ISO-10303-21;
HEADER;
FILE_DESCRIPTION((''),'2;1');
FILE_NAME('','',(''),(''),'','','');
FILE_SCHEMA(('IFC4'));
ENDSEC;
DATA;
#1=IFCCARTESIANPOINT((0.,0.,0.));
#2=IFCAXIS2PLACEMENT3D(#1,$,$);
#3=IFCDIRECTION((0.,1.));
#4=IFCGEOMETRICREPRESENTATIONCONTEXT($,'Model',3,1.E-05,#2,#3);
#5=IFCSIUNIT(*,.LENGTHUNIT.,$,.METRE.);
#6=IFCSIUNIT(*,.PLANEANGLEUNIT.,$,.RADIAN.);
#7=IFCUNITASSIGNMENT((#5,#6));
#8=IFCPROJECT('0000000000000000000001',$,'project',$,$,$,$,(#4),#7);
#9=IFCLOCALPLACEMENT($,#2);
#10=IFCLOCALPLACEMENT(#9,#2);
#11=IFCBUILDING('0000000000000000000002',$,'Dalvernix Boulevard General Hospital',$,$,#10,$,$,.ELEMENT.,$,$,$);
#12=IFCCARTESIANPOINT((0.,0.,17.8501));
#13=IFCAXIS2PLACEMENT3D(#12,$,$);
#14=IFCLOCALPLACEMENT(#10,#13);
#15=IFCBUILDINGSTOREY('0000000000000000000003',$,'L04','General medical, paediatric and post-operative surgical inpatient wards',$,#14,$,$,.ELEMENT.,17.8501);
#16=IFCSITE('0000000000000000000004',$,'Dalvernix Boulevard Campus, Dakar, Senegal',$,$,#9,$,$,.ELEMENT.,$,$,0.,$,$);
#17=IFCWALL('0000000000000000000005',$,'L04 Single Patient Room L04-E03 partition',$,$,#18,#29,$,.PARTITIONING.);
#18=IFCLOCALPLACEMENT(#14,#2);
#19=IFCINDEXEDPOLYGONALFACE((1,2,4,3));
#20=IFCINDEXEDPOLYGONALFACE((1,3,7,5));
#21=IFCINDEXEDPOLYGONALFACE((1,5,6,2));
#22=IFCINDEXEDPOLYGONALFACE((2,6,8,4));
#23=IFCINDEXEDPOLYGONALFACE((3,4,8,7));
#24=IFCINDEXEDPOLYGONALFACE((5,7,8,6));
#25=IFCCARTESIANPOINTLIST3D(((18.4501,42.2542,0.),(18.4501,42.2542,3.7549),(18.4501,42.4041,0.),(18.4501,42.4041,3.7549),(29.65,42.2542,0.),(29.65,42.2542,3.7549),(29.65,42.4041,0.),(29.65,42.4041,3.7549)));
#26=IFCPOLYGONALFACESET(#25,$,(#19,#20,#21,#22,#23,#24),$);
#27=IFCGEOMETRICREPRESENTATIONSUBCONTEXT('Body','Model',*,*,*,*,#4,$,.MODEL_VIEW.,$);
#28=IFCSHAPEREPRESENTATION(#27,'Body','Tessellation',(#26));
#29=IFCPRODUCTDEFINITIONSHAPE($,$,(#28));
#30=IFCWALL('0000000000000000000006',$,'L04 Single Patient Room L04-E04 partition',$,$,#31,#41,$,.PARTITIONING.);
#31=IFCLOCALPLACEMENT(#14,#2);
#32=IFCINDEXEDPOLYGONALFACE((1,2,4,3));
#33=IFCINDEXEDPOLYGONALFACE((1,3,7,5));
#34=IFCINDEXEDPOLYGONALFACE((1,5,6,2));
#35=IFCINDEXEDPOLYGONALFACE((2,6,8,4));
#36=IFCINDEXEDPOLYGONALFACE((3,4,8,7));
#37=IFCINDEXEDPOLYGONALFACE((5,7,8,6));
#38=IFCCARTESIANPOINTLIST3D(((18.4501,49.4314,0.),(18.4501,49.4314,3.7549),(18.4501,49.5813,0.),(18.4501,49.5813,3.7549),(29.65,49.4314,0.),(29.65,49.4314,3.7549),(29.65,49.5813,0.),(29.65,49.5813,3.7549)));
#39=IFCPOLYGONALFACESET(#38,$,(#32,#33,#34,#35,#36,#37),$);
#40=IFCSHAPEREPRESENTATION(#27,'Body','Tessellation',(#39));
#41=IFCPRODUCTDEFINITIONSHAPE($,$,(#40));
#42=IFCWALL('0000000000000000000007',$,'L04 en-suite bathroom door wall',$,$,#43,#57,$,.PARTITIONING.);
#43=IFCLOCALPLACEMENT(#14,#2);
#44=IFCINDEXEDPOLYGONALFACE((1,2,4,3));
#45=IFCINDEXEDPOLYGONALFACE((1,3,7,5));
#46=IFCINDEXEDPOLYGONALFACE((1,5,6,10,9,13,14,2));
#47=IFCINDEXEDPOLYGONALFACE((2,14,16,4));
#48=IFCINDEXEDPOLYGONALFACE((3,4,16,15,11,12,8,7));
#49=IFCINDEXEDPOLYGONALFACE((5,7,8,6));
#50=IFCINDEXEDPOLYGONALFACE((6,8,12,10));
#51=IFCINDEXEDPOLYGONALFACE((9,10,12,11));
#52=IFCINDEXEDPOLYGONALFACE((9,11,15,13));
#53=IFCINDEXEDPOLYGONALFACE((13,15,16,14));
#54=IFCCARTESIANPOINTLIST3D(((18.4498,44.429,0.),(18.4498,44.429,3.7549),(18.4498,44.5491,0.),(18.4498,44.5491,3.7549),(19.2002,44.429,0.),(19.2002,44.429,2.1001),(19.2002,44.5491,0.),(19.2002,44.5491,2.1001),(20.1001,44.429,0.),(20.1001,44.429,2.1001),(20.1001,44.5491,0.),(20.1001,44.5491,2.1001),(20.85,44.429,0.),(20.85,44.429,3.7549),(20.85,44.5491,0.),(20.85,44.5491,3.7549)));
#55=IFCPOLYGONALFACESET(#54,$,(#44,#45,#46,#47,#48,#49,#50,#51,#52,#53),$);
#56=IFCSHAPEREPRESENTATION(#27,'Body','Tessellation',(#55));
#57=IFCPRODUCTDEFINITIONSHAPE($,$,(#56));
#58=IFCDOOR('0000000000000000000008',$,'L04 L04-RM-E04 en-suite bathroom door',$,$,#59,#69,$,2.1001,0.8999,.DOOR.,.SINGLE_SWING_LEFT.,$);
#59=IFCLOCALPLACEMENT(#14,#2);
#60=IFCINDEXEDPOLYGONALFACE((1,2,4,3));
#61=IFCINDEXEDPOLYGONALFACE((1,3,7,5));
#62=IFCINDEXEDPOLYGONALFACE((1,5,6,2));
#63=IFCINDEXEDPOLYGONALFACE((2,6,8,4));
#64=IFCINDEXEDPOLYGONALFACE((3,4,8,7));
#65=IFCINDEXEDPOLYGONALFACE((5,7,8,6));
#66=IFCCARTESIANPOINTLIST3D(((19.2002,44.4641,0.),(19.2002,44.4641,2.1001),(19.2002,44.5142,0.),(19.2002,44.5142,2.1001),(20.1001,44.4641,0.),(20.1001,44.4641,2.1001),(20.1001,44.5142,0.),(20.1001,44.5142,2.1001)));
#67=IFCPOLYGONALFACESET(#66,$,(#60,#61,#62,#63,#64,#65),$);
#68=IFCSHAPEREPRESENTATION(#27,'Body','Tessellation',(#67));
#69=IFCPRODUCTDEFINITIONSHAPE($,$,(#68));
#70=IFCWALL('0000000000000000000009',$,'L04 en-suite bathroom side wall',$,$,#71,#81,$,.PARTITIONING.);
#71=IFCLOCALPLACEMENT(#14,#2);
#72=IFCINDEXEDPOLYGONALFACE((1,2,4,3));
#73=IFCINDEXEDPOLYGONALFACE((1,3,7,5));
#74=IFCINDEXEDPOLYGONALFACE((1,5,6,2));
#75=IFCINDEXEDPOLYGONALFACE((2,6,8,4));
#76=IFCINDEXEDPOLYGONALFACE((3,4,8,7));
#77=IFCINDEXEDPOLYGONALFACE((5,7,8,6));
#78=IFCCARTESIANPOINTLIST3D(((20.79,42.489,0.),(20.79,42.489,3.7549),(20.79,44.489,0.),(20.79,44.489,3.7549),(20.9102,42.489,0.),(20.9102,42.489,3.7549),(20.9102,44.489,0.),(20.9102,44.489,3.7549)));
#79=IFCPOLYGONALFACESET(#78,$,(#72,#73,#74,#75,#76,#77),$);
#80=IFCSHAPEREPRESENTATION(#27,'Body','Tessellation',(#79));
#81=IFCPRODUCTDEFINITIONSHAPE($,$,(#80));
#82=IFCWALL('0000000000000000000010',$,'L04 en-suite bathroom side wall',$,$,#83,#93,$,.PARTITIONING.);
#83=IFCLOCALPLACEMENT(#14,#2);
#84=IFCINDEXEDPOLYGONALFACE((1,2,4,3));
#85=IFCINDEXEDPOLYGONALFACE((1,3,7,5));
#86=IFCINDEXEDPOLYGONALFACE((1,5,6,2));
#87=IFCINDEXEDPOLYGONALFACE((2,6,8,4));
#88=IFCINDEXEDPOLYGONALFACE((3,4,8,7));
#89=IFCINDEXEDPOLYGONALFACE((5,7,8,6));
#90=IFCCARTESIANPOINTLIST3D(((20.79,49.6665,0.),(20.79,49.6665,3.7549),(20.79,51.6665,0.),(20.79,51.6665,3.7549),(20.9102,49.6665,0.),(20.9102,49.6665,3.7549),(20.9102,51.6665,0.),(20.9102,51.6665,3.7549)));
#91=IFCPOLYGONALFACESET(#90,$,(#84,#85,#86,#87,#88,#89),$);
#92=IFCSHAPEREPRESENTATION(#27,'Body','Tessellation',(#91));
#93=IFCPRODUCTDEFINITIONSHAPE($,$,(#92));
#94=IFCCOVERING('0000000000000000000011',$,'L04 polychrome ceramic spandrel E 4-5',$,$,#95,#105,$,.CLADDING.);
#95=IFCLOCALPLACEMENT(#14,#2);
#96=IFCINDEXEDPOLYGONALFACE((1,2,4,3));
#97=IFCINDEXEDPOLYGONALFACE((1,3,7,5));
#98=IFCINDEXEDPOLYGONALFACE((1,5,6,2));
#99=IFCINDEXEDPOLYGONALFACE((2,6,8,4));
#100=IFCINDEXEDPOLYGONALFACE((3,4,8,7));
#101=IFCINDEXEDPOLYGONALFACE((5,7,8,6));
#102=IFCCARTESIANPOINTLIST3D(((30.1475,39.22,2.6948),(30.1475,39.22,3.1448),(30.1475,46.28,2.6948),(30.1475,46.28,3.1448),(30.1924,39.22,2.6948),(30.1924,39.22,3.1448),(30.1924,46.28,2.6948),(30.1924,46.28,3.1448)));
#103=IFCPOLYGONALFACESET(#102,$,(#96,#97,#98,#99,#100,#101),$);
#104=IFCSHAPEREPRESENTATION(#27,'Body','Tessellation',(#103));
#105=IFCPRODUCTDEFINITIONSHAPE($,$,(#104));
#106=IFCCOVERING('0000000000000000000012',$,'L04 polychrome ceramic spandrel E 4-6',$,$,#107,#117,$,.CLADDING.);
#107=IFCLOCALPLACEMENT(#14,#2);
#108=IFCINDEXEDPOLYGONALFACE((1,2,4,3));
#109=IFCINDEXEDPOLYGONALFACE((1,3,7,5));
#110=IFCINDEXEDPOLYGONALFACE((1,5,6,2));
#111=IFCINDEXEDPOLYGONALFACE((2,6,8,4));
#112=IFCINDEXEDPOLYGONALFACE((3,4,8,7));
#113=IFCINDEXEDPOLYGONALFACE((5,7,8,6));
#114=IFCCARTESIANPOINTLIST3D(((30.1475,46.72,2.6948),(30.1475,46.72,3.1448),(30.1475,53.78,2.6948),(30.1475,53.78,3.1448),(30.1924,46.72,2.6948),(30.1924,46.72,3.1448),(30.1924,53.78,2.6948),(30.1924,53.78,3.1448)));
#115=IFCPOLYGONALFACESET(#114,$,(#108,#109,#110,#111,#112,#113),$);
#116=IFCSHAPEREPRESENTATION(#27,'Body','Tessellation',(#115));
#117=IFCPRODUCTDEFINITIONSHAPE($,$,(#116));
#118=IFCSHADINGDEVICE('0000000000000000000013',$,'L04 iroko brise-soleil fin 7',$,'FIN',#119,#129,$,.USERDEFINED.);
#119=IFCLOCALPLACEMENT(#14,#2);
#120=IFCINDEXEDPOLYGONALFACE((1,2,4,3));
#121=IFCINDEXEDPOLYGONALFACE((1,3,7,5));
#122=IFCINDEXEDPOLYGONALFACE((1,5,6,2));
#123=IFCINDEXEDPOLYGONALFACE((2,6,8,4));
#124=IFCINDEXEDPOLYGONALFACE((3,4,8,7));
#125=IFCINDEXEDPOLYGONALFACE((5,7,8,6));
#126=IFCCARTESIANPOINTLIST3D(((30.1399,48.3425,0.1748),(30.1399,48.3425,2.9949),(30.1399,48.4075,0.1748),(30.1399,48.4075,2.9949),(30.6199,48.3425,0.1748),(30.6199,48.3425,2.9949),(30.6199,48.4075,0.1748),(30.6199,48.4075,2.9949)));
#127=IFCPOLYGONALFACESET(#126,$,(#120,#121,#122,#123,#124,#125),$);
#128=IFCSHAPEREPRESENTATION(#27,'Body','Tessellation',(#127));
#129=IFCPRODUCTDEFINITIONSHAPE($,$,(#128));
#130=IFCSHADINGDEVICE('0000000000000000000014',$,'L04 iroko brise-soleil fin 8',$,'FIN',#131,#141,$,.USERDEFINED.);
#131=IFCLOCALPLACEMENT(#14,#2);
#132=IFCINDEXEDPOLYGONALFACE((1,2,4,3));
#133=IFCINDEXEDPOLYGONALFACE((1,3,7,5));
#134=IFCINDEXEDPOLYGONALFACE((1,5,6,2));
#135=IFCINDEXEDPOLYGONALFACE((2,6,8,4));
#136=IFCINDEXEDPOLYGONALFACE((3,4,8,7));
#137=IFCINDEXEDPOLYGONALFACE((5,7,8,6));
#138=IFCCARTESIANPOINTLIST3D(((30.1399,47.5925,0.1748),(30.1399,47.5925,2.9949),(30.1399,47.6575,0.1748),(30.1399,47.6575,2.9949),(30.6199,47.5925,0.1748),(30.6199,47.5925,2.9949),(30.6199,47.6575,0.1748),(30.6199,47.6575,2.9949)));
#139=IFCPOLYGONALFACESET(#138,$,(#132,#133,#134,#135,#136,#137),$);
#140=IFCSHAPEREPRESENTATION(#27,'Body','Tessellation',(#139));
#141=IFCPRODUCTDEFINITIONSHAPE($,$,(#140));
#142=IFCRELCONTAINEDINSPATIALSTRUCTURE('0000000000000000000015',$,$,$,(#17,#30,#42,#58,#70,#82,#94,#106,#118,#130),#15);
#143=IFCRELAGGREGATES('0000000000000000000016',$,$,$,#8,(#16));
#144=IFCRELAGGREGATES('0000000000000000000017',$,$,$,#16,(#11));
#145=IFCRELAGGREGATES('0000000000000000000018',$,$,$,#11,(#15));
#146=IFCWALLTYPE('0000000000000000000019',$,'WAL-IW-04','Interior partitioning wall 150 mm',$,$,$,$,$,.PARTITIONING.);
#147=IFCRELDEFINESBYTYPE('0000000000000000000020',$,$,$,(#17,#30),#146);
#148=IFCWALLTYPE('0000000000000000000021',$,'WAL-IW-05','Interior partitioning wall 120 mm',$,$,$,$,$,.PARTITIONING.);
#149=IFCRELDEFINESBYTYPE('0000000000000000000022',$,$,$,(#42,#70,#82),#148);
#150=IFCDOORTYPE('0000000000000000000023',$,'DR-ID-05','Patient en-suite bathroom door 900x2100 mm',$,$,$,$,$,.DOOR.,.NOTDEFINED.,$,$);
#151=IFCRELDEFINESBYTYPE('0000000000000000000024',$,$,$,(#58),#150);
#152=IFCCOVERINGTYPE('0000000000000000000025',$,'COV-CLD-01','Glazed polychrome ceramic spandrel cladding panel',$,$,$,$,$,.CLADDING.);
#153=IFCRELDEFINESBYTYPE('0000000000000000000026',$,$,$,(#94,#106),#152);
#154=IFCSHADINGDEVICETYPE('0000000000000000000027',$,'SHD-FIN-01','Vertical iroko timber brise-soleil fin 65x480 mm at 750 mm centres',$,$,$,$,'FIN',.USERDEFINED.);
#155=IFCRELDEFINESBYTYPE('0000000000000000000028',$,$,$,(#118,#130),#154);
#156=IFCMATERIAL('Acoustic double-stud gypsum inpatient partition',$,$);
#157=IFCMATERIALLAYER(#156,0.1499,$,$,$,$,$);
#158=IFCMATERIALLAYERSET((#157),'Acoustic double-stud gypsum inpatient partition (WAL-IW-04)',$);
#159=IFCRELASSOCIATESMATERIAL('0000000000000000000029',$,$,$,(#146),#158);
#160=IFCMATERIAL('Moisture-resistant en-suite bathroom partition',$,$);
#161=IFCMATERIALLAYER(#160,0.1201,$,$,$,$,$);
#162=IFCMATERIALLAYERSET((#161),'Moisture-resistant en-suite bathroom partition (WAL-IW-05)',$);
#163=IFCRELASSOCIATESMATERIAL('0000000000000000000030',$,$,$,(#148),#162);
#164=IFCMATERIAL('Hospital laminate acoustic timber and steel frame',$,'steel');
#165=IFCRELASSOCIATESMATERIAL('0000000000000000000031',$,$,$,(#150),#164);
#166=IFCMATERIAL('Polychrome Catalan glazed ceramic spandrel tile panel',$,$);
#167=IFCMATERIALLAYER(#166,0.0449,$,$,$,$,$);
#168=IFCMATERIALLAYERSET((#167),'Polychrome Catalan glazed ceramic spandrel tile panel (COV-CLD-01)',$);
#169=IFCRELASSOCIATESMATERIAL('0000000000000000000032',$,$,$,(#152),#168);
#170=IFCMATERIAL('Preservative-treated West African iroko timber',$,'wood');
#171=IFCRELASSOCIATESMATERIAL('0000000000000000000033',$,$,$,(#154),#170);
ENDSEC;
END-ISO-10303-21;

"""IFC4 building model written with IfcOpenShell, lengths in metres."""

from ifc_helpers import new_model, si_unit, direction, frame, frame_2d, origin, origin_2d, place, context, subcontext, project, spatial, rectangle, extrude, material, layer, layer_set, type_object, element, fill, save


model = new_model("IFC4")

# Units and contexts
model_context = context("Model", 3, precision=1e-05, world=origin(), true_north=direction((0.0, 1.0)))
body_context = subcontext(model_context, "Body", "Model", "MODEL_VIEW")
ifc_project = project(units=[si_unit("LENGTHUNIT", "METRE"), si_unit("PLANEANGLEUNIT", "RADIAN")], contexts=[model_context])

# Site, building, storey
site_placement = place(None, origin())
site = spatial("IfcSite", under=ifc_project, at=site_placement, Name="Dalvernix Boulevard Campus, Dakar, Senegal", CompositionType="ELEMENT", RefElevation=0.0)
building_placement = place(site_placement, origin())
building = spatial("IfcBuilding", under=site, at=building_placement, Name="Dalvernix Boulevard General Hospital", CompositionType="ELEMENT")
storey_placement = place(building_placement, frame((0.0, 0.0, 17.8501)))
storey = spatial("IfcBuildingStorey", under=building, at=storey_placement, Name="L04", Description="General medical, paediatric and post-operative surgical inpatient wards", CompositionType="ELEMENT", Elevation=17.8501)

# Shared definitions
ifc_material_1 = material(Name="Acoustic double-stud gypsum inpatient partition")
ifc_layer_1 = layer(ifc_material_1, 0.1499)
ifc_layer_set_1 = layer_set([ifc_layer_1], Name="Acoustic double-stud gypsum inpatient partition (WAL-IW-04)")
wall_type_1 = type_object("IfcWallType", Name="WAL-IW-04", Description="Interior partitioning wall 150 mm", PredefinedType="PARTITIONING", material=ifc_layer_set_1)
ifc_material_2 = material(Name="Hospital laminate acoustic timber and steel frame", Category="steel")

# Walls
for number, where, z_axis, x_axis, name in (
    (1, (18.45, 42.3291, 0.0), (0.0, 0.0, 1.0), (1.0, 0.0, 0.0), "L04 Single Patient Room L04-E03 partition"),
    (2, (18.45, 49.5063, 0.0), (0.0, 0.0, 1.0), (1.0, 0.0, 0.0), "L04 Single Patient Room L04-E04 partition"),
):
    element("IfcWall", number, at=place(storey_placement, frame(where, z_axis=z_axis, x_axis=x_axis)), inside=storey, type_object=wall_type_1, Name=name, PredefinedType="PARTITIONING", context=body_context, shape_type="SweptSolid", body=[
        extrude(rectangle(XDim=11.2, YDim=0.1499, at=frame_2d((5.6001, 0.0))), origin(), (0.0, 0.0, 1.0), 3.7549),
    ])

# Wall, opening, door
ifc_material_3 = material(Name="Moisture-resistant en-suite bathroom partition")
ifc_layer_2 = layer(ifc_material_3, 0.1201)
ifc_layer_set_2 = layer_set([ifc_layer_2], Name="Moisture-resistant en-suite bathroom partition (WAL-IW-05)")
wall_type_2 = type_object("IfcWallType", Name="WAL-IW-05", Description="Interior partitioning wall 120 mm", PredefinedType="PARTITIONING", material=ifc_layer_set_2)
wall_1_placement = place(storey_placement, frame((20.8501, 44.489, 0.0), z_axis=(0.0, 0.0, 1.0), x_axis=(-1.0, 0.0, 0.0)))
wall_1 = element("IfcWall", 3, at=wall_1_placement, inside=storey, type_object=wall_type_2, Name="L04 en-suite bathroom door wall", PredefinedType="PARTITIONING", context=body_context, shape_type="SweptSolid", body=[
    extrude(rectangle(XDim=2.4001, YDim=0.1201, at=frame_2d((1.2002, 0.0))), origin(), (0.0, 0.0, 1.0), 3.7549),
])
opening_1_placement = place(wall_1_placement, frame((0.75, 0.0, 0.0)))
opening_1 = element("IfcOpeningElement", 4, at=opening_1_placement, cuts=wall_1, PredefinedType="OPENING", context=body_context, shape_type="SweptSolid", body=[
    extrude(rectangle(XDim=0.8999, YDim=2.1001, at=frame_2d((0.45, 1.05))), frame((0.0, 0.0701, 0.0), z_axis=(0.0, -1.0, 0.0), x_axis=(1.0, 0.0, 0.0)), (0.0, 0.0, 1.0), 0.1401),
])
door_type_1 = type_object("IfcDoorType", Name="DR-ID-05", Description="Patient en-suite bathroom door 900x2100 mm", OperationType="NOTDEFINED", PredefinedType="DOOR", material=ifc_material_2)
door_1_placement = place(opening_1_placement, origin())
door_1 = element("IfcDoor", 5, at=door_1_placement, inside=storey, type_object=door_type_1, Name="L04 L04-RM-E04 en-suite bathroom door", OperationType="SINGLE_SWING_LEFT", OverallHeight=2.1001, OverallWidth=0.8999, PredefinedType="DOOR", context=body_context, shape_type="SweptSolid", body=[
    extrude(rectangle(XDim=0.8999, YDim=2.1001, at=frame_2d((0.45, 1.05))), frame((0.0, 0.0249, 0.0), z_axis=(0.0, -1.0, 0.0), x_axis=(1.0, 0.0, 0.0)), (0.0, 0.0, 1.0), 0.05),
])
fill(opening_1, door_1)

# Walls
for number, where, z_axis, x_axis, name in (
    (6, (20.8501, 42.489, 0.0), (0.0, 0.0, 1.0), (0.0, 1.0, 0.0), "L04 en-suite bathroom side wall"),
    (7, (20.8501, 49.6665, 0.0), (0.0, 0.0, 1.0), (0.0, 1.0, 0.0), "L04 en-suite bathroom side wall"),
):
    element("IfcWall", number, at=place(storey_placement, frame(where, z_axis=z_axis, x_axis=x_axis)), inside=storey, type_object=wall_type_2, Name=name, PredefinedType="PARTITIONING", context=body_context, shape_type="SweptSolid", body=[
        extrude(rectangle(XDim=2.0, YDim=0.1201, at=frame_2d((1.0, 0.0))), origin(), (0.0, 0.0, 1.0), 3.7549),
    ])

# Coverings
ifc_material_4 = material(Name="Polychrome Catalan glazed ceramic spandrel tile panel")
ifc_layer_3 = layer(ifc_material_4, 0.0449)
ifc_layer_set_3 = layer_set([ifc_layer_3], Name="Polychrome Catalan glazed ceramic spandrel tile panel (COV-CLD-01)")
covering_type = type_object("IfcCoveringType", Name="COV-CLD-01", Description="Glazed polychrome ceramic spandrel cladding panel", PredefinedType="CLADDING", material=ifc_layer_set_3)
for number, where, z_axis, x_axis, name in (
    (8, (30.1699, 42.75, 2.6948), (0.0, 0.0, 1.0), (0.0, -1.0, 0.0), "L04 polychrome ceramic spandrel E 4-5"),
    (9, (30.1699, 50.25, 2.6948), (0.0, 0.0, 1.0), (0.0, -1.0, 0.0), "L04 polychrome ceramic spandrel E 4-6"),
):
    element("IfcCovering", number, at=place(storey_placement, frame(where, z_axis=z_axis, x_axis=x_axis)), inside=storey, type_object=covering_type, Name=name, PredefinedType="CLADDING", context=body_context, shape_type="SweptSolid", body=[
        extrude(rectangle(XDim=7.0601, YDim=0.0449, at=origin_2d()), origin(), (0.0, 0.0, 1.0), 0.45),
    ])

# Shading devices
ifc_material_5 = material(Name="Preservative-treated West African iroko timber", Category="wood")
shading_device_type = type_object("IfcShadingDeviceType", Name="SHD-FIN-01", Description="Vertical iroko timber brise-soleil fin 65x480 mm at 750 mm centres", ElementType="FIN", PredefinedType="USERDEFINED", material=ifc_material_5)
for number, where, z_axis, x_axis, name in (
    (10, (30.3799, 48.375, 0.1748), (0.0, 0.0, 1.0), (0.0, -1.0, 0.0), "L04 iroko brise-soleil fin 7"),
    (11, (30.3799, 47.625, 0.1748), (0.0, 0.0, 1.0), (0.0, -1.0, 0.0), "L04 iroko brise-soleil fin 8"),
):
    element("IfcShadingDevice", number, at=place(storey_placement, frame(where, z_axis=z_axis, x_axis=x_axis)), inside=storey, type_object=shading_device_type, Name=name, ObjectType="FIN", PredefinedType="USERDEFINED", context=body_context, shape_type="SweptSolid", body=[
        extrude(rectangle(XDim=0.0649, YDim=0.48, at=origin_2d()), origin(), (0.0, 0.0, 1.0), 2.8201),
    ])

save(model, "model.ifc")
